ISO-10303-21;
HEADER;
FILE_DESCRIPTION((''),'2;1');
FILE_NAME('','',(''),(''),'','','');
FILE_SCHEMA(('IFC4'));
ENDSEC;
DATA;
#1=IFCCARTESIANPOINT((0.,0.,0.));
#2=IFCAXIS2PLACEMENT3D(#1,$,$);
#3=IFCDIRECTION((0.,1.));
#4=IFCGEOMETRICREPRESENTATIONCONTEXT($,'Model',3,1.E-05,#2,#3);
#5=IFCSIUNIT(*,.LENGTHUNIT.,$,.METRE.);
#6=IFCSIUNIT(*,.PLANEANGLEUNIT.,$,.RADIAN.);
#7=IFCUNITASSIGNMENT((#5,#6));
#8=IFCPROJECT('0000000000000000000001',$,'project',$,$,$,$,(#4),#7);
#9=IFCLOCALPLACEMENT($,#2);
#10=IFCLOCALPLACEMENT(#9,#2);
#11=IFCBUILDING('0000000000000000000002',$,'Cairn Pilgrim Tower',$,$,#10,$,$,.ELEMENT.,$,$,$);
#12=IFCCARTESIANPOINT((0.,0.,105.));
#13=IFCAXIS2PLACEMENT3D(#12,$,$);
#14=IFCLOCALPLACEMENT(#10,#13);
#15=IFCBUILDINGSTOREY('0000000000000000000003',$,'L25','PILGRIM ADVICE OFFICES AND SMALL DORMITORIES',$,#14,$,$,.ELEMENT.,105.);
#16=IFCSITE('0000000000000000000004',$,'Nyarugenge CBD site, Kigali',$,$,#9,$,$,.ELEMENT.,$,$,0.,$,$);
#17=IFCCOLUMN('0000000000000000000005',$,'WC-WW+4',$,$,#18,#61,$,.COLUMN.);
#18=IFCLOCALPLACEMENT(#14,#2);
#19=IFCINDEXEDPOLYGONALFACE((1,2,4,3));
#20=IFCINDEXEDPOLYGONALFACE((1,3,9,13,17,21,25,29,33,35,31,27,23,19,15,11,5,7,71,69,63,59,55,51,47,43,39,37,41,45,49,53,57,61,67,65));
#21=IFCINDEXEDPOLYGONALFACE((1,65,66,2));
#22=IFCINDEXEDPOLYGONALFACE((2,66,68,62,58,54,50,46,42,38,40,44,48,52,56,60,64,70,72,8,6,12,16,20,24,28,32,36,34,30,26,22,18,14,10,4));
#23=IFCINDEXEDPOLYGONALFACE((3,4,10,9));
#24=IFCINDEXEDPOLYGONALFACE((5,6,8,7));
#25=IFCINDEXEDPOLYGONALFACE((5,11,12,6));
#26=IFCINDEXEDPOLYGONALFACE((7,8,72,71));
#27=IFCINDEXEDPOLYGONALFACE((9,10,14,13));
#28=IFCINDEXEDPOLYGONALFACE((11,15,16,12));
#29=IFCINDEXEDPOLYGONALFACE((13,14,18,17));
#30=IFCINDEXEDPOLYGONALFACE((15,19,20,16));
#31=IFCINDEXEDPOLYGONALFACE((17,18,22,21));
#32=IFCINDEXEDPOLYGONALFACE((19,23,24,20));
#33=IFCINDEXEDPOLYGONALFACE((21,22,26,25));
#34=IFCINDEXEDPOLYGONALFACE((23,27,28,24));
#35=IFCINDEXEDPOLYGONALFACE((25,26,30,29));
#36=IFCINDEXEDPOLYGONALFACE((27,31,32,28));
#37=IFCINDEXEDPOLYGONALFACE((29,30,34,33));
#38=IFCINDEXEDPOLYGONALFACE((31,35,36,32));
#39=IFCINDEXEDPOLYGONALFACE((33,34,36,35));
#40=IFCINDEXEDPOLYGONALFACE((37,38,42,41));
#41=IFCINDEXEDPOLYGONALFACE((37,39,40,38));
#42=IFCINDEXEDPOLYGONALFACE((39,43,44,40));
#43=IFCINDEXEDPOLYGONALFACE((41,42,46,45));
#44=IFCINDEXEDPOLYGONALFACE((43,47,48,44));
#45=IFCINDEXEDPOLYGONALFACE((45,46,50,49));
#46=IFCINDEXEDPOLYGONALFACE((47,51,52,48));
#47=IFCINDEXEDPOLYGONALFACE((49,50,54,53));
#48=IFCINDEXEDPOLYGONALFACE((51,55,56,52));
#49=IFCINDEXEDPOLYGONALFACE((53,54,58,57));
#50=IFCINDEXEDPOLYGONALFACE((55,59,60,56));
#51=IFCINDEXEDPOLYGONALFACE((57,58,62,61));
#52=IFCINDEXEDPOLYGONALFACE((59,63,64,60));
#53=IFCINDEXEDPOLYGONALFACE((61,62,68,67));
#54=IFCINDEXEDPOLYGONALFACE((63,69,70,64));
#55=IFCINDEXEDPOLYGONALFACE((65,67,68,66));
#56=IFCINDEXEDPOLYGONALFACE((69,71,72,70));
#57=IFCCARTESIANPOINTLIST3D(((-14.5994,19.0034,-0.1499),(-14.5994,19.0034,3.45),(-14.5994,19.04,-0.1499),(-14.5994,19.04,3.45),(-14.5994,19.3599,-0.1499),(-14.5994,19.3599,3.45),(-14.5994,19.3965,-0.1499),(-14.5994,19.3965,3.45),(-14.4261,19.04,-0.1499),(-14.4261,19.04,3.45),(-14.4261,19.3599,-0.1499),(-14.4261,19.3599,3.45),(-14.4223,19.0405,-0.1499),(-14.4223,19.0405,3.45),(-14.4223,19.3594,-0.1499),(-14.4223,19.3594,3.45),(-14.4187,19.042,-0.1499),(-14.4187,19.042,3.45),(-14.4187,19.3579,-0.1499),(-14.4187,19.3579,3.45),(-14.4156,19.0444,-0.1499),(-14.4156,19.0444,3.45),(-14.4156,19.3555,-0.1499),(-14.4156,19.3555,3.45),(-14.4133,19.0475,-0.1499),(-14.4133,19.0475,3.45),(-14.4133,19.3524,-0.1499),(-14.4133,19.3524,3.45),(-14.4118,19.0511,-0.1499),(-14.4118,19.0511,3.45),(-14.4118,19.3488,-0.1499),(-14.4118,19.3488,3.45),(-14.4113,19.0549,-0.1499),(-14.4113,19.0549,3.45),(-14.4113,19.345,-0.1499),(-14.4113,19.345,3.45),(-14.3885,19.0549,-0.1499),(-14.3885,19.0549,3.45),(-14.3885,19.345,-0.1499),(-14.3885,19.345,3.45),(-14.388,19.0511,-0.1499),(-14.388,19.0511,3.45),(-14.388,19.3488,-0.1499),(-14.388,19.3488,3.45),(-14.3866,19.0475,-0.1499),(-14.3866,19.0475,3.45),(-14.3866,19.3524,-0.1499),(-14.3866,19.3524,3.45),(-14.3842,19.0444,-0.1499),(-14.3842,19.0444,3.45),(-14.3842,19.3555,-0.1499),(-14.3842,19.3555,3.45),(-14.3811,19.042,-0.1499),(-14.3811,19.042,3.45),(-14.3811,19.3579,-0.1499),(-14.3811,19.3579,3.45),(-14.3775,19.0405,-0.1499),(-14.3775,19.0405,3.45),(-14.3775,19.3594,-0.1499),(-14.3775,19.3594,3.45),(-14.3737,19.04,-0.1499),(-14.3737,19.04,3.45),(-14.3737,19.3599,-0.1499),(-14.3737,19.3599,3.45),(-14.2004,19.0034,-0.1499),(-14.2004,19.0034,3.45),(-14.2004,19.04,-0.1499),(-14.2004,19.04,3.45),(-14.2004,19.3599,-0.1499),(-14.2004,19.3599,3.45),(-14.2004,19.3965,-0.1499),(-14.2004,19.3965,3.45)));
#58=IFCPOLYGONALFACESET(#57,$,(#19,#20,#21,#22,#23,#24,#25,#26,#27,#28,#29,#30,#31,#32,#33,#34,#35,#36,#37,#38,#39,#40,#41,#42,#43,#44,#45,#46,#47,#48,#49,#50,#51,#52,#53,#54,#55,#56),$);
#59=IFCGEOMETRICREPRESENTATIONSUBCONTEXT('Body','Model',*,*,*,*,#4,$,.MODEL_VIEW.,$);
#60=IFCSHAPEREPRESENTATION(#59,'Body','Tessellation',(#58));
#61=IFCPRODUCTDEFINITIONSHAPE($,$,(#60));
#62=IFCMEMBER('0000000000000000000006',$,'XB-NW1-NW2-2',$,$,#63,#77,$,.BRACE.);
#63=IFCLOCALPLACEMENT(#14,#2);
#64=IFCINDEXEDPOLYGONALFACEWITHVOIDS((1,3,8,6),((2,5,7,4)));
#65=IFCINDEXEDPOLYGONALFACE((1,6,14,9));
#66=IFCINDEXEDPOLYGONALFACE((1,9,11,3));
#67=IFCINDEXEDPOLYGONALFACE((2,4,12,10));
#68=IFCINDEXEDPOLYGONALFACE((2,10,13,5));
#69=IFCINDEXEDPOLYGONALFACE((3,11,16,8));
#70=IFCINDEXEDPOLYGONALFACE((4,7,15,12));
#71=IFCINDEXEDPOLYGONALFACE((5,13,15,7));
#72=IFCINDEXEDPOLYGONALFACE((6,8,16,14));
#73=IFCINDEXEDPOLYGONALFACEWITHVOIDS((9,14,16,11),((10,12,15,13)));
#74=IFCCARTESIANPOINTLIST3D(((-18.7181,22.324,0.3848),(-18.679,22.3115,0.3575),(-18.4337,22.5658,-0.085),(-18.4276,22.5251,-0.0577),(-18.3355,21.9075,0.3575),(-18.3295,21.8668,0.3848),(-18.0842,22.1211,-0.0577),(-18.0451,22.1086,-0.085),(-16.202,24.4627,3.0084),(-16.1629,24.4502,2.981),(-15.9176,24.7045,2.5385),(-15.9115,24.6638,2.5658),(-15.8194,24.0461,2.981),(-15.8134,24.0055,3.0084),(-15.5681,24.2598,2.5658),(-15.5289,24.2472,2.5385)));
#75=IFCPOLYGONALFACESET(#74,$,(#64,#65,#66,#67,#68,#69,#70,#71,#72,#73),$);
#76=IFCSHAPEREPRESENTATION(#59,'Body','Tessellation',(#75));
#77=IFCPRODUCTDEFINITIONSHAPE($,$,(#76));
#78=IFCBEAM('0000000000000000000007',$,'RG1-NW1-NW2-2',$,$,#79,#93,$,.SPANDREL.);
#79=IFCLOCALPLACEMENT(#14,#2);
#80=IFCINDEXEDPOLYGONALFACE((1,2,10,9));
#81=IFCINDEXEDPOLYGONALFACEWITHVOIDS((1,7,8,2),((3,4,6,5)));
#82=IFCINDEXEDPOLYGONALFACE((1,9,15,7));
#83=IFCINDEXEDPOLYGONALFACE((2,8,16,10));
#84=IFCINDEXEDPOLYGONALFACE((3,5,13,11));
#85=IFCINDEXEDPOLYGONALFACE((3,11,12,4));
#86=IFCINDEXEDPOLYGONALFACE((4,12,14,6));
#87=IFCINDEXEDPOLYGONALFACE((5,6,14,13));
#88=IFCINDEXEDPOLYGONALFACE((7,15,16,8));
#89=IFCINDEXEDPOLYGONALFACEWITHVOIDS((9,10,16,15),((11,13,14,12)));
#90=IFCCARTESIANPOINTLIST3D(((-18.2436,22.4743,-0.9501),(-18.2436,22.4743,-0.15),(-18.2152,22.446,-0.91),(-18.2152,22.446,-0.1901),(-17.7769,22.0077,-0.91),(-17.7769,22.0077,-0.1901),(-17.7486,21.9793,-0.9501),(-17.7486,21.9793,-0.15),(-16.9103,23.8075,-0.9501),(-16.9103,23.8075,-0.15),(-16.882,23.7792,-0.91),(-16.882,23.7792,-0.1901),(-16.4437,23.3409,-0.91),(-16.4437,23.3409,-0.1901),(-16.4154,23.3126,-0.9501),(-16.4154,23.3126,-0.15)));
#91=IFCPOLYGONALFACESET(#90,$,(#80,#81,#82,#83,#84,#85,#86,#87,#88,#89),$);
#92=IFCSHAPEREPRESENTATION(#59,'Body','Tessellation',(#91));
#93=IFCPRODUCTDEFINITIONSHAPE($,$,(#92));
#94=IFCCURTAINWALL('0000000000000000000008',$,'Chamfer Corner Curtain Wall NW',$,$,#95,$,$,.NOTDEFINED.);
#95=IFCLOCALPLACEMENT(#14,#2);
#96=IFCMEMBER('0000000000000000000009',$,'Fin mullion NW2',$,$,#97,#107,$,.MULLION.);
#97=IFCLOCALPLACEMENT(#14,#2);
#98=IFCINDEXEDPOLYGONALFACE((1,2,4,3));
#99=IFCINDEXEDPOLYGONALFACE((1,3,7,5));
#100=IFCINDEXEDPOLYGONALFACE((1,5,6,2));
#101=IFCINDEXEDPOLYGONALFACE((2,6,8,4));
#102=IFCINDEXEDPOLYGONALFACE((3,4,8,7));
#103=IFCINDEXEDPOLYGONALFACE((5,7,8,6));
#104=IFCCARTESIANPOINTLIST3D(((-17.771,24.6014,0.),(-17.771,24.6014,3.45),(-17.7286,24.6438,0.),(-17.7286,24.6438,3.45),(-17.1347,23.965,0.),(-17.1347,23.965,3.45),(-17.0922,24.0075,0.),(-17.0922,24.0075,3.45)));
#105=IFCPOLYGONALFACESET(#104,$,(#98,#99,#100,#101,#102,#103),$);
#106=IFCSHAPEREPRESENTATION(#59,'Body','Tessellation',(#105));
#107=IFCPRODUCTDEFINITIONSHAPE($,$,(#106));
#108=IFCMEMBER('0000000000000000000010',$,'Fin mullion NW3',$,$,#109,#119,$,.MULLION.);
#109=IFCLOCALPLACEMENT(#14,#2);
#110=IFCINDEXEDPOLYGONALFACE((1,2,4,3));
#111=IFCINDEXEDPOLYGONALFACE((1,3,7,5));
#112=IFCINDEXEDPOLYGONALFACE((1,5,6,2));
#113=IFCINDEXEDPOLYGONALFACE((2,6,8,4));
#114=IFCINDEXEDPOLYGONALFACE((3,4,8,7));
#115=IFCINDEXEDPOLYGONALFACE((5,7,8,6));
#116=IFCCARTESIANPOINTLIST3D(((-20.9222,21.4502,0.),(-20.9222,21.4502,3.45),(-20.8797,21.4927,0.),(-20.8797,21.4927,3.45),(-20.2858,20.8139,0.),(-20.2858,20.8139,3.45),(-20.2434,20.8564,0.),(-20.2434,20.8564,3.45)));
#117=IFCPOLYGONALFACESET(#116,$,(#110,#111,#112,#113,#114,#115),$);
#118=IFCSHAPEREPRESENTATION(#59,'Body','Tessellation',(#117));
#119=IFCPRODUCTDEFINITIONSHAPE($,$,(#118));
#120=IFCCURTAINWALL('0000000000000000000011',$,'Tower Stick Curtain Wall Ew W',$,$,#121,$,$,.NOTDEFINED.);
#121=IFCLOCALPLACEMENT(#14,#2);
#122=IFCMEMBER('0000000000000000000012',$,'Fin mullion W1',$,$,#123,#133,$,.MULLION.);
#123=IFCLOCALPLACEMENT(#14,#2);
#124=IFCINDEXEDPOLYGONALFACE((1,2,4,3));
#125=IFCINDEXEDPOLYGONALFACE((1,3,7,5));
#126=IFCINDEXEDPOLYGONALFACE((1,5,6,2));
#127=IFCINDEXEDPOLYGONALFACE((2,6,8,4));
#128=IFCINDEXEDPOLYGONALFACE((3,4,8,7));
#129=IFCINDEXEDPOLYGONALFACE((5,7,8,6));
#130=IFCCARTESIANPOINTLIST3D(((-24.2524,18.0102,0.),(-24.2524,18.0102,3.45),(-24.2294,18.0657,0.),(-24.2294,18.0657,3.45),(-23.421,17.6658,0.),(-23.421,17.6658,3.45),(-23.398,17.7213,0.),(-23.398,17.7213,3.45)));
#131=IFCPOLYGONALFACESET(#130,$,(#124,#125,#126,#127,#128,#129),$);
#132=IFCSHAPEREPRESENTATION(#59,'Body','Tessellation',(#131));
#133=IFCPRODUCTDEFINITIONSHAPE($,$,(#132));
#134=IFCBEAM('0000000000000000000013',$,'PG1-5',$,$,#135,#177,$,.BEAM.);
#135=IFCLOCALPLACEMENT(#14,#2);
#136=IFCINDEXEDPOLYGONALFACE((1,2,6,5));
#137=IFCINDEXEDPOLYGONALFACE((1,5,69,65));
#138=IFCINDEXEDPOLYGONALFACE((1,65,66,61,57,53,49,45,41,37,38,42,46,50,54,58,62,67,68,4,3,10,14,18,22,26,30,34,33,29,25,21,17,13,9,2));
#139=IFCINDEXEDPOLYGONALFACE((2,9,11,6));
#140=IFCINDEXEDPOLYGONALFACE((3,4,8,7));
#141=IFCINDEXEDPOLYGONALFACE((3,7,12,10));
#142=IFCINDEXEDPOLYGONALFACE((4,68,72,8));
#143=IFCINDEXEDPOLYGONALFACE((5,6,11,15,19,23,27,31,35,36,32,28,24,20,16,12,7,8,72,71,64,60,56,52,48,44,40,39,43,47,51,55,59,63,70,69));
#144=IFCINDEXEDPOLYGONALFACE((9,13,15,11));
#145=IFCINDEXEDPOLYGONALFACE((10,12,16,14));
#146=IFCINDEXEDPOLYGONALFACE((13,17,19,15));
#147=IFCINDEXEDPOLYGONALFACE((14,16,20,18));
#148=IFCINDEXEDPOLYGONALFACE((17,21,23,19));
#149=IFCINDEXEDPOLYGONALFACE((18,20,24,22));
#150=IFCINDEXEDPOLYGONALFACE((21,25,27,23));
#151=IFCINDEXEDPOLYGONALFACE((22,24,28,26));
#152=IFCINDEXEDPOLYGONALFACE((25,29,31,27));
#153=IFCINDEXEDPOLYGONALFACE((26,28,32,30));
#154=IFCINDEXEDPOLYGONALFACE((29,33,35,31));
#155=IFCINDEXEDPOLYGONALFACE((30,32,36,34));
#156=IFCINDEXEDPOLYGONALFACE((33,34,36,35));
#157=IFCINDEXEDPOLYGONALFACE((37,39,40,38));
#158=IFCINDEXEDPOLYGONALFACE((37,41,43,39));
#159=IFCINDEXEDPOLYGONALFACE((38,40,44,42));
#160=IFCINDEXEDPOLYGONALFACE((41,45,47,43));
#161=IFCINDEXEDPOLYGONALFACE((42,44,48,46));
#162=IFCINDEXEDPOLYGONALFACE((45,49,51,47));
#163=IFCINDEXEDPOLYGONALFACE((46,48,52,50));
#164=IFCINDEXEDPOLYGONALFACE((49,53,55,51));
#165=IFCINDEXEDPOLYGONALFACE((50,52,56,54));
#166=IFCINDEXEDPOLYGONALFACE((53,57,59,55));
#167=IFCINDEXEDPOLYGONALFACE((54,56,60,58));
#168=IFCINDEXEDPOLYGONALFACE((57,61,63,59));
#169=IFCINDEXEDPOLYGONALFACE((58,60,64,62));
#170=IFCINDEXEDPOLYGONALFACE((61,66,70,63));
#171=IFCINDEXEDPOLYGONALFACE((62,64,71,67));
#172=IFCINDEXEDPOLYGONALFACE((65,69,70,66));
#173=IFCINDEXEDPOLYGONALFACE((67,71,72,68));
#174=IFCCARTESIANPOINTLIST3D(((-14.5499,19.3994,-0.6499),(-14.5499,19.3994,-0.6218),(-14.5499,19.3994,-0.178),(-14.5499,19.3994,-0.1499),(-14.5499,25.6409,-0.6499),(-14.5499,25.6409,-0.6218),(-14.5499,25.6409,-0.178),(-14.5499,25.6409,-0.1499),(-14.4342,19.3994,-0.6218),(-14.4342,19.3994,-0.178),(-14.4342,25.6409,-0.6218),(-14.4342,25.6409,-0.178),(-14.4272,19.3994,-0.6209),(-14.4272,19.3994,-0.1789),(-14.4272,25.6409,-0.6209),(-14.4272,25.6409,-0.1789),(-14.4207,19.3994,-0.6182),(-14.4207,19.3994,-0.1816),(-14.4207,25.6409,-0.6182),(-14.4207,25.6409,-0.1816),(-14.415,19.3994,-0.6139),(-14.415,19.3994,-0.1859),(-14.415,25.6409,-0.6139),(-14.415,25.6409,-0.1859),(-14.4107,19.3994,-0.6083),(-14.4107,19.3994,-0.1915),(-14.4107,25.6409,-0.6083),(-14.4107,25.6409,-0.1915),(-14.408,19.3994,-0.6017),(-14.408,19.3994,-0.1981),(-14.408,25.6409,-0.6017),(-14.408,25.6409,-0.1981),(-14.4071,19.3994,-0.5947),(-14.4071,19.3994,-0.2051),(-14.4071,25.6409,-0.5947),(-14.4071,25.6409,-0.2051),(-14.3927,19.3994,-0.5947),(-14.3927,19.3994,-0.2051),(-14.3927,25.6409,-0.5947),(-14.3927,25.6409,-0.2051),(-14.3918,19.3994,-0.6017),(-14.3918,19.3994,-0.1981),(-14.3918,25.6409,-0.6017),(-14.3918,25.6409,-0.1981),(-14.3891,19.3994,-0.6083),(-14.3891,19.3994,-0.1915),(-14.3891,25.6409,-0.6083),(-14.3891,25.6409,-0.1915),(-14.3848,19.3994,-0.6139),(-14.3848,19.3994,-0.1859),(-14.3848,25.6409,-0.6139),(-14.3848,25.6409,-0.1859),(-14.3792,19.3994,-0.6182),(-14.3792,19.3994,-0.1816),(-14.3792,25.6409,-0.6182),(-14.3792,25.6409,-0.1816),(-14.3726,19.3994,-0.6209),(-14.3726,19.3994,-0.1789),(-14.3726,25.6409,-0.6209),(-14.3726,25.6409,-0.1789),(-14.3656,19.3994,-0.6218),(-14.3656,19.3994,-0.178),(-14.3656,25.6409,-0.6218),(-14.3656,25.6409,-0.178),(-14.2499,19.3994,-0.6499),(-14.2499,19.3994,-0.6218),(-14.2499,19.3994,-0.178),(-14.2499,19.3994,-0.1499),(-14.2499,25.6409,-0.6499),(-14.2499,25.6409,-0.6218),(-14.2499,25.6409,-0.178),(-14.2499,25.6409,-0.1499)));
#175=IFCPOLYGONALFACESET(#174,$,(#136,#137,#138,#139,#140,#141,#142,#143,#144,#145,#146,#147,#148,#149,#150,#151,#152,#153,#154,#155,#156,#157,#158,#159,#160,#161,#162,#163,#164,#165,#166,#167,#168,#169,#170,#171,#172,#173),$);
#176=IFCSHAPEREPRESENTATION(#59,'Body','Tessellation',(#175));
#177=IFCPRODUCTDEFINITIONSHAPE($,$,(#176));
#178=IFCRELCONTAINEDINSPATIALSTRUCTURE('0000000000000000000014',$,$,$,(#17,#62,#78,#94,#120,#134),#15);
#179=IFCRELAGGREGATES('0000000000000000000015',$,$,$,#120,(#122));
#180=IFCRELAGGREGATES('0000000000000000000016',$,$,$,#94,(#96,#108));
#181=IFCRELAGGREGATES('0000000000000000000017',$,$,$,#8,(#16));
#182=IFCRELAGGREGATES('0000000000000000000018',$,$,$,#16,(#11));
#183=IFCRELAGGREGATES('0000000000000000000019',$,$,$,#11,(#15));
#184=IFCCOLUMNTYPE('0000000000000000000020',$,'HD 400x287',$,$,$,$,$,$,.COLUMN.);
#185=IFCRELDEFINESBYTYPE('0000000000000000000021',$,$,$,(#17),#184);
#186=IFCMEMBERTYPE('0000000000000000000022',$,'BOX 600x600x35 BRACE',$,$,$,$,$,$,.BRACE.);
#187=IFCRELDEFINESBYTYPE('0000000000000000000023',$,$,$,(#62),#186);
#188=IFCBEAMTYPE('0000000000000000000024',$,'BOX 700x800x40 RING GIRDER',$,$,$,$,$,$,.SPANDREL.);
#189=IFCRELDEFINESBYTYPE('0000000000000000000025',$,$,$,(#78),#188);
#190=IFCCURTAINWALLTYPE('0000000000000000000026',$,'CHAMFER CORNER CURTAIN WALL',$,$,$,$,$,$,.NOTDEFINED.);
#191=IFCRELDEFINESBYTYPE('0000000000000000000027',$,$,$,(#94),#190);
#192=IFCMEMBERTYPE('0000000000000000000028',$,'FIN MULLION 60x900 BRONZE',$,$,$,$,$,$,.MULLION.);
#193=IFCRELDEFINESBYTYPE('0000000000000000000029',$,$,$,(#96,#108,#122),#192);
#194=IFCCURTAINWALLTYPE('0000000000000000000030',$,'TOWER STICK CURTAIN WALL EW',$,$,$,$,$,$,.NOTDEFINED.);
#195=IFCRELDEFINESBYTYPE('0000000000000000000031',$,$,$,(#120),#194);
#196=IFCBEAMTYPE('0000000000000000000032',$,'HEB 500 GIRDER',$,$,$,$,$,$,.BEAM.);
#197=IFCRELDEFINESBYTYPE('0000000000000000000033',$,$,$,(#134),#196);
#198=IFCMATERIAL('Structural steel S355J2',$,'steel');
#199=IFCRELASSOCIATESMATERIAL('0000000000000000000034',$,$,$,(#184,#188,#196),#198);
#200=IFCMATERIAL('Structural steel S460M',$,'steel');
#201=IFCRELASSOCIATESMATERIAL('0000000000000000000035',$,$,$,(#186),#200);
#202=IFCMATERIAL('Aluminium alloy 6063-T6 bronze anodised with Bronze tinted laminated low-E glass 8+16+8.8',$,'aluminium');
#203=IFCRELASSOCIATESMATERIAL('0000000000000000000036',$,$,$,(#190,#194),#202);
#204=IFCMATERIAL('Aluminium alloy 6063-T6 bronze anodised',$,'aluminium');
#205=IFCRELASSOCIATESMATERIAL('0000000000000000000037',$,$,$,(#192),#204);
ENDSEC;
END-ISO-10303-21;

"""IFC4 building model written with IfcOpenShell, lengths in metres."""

from ifc_helpers import new_model, si_unit, direction, frame, origin, origin_2d, place, context, subcontext, project, spatial, rectangle, hollow_rectangle, i_section, extrude, material, material_profile, profile_set, type_object, element, aggregate, save


model = new_model("IFC4")

# Units and contexts
model_context = context("Model", 3, precision=1e-05, world=origin(), true_north=direction((0.0, 1.0)))
body_context = subcontext(model_context, "Body", "Model", "MODEL_VIEW")
ifc_project = project(units=[si_unit("LENGTHUNIT", "METRE"), si_unit("PLANEANGLEUNIT", "RADIAN")], contexts=[model_context])

# Site, building, storey
site_placement = place(None, origin())
site = spatial("IfcSite", under=ifc_project, at=site_placement, Name="Nyarugenge CBD site, Kigali", CompositionType="ELEMENT", RefElevation=0.0)
building_placement = place(site_placement, origin())
building = spatial("IfcBuilding", under=site, at=building_placement, Name="Cairn Pilgrim Tower", CompositionType="ELEMENT")
storey_placement = place(building_placement, frame((0.0, 0.0, 105.0)))
storey = spatial("IfcBuildingStorey", under=building, at=storey_placement, Name="L25", Description="PILGRIM ADVICE OFFICES AND SMALL DORMITORIES", CompositionType="ELEMENT", Elevation=105.0)

# Column
ifc_material_1 = material(Name="Structural steel S460M", Category="steel")
ifc_material_2 = material(Name="Structural steel S355J2", Category="steel")
ifc_material_profile_1 = material_profile(ifc_material_2, i_section(OverallWidth=0.3989, OverallDepth=0.3931, WebThickness=0.0227, FlangeThickness=0.0366, FilletRadius=0.0149, at=origin_2d()), Name="HD 400x287")
ifc_profile_set_1 = profile_set([ifc_material_profile_1], Name="Structural steel S355J2")
column_type_1 = type_object("IfcColumnType", Name="HD 400x287", PredefinedType="COLUMN", material=ifc_profile_set_1)
column_placement = place(storey_placement, frame((-14.3999, 19.2, -0.1499), z_axis=(0.0, 0.0, 1.0), x_axis=(1.0, 0.0, 0.0)))
element("IfcColumn", 1, at=column_placement, inside=storey, type_object=column_type_1, Name="WC-WW+4", PredefinedType="COLUMN", context=body_context, shape_type="SweptSolid", body=[
    extrude(i_section(OverallWidth=0.3989, OverallDepth=0.3931, WebThickness=0.0227, FlangeThickness=0.0366, FilletRadius=0.0149, at=origin_2d()), origin(), (0.0, 0.0, 1.0), 3.5999),
])

# Member
ifc_material_profile_2 = material_profile(ifc_material_1, hollow_rectangle(XDim=0.6001, YDim=0.6001, WallThickness=0.0349, at=origin_2d()), Name="BOX 600x600x35")
ifc_profile_set_2 = profile_set([ifc_material_profile_2], Name="Structural steel S460M")
member_type_1 = type_object("IfcMemberType", Name="BOX 600x600x35 BRACE", PredefinedType="BRACE", material=ifc_profile_set_2)
member_1_placement = place(storey_placement, frame((-18.3816, 22.2163, 0.1499), z_axis=(0.596583, 0.507089, 0.622053), x_axis=(-0.647644, 0.761943, 0.0)))
element("IfcMember", 2, at=member_1_placement, inside=storey, type_object=member_type_1, Name="XB-NW1-NW2-2", PredefinedType="BRACE", context=body_context, shape_type="SweptSolid", body=[
    extrude(hollow_rectangle(XDim=0.6001, YDim=0.6001, WallThickness=0.0349, at=origin_2d()), origin(), (0.0, 0.0, 1.0), 4.2175),
])

# Beam
ifc_material_profile_3 = material_profile(ifc_material_2, hollow_rectangle(XDim=0.7, YDim=0.8, WallThickness=0.04, at=origin_2d()), Name="BOX 700x800x40")
ifc_profile_set_3 = profile_set([ifc_material_profile_3], Name="Structural steel S355J2")
beam_type_1 = type_object("IfcBeamType", Name="BOX 700x800x40 RING GIRDER", PredefinedType="SPANDREL", material=ifc_profile_set_3)
beam_1_placement = place(storey_placement, frame((-16.6628, 23.5601, -0.55), z_axis=(-0.707107, -0.707107, 0.0), x_axis=(0.707107, -0.707107, 0.0)))
element("IfcBeam", 3, at=beam_1_placement, inside=storey, type_object=beam_type_1, Name="RG1-NW1-NW2-2", PredefinedType="SPANDREL", context=body_context, shape_type="SweptSolid", body=[
    extrude(hollow_rectangle(XDim=0.7, YDim=0.8, WallThickness=0.04, at=origin_2d()), origin(), (0.0, 0.0, 1.0), 1.8855),
])

# Curtain wall, members
ifc_material_3 = material(Name="Aluminium alloy 6063-T6 bronze anodised with Bronze tinted laminated low-E glass 8+16+8.8", Category="aluminium")
curtain_wall_type_1 = type_object("IfcCurtainWallType", Name="CHAMFER CORNER CURTAIN WALL", PredefinedType="NOTDEFINED", material=ifc_material_3)
curtain_wall_1_placement = place(storey_placement, origin())
curtain_wall_1 = element("IfcCurtainWall", 4, at=curtain_wall_1_placement, inside=storey, type_object=curtain_wall_type_1, Name="Chamfer Corner Curtain Wall NW", PredefinedType="NOTDEFINED")
ifc_material_4 = material(Name="Aluminium alloy 6063-T6 bronze anodised", Category="aluminium")
ifc_material_profile_4 = material_profile(ifc_material_4, rectangle(XDim=0.8999, YDim=0.0601, at=origin_2d()), Name="FIN MULLION 60x900 BRONZE")
ifc_profile_set_4 = profile_set([ifc_material_profile_4], Name="Aluminium alloy 6063-T6 bronze anodised")
member_type_2 = type_object("IfcMemberType", Name="FIN MULLION 60x900 BRONZE", PredefinedType="MULLION", material=ifc_profile_set_4)
member_2_placement = place(storey_placement, frame((-17.4316, 24.3044, 0.0), z_axis=(0.0, 0.0, 1.0), x_axis=(-0.707107, 0.707107, 0.0)))
member_2 = element("IfcMember", 5, at=member_2_placement, type_object=member_type_2, Name="Fin mullion NW2", PredefinedType="MULLION", context=body_context, shape_type="SweptSolid", body=[
    extrude(rectangle(XDim=0.8999, YDim=0.0601, at=origin_2d()), origin(), (0.0, 0.0, 1.0), 3.45),
])
member_3_placement = place(storey_placement, frame((-20.5828, 21.1533, 0.0), z_axis=(0.0, 0.0, 1.0), x_axis=(-0.707107, 0.707107, 0.0)))
member_3 = element("IfcMember", 6, at=member_3_placement, type_object=member_type_2, Name="Fin mullion NW3", PredefinedType="MULLION", context=body_context, shape_type="SweptSolid", body=[
    extrude(rectangle(XDim=0.8999, YDim=0.0601, at=origin_2d()), origin(), (0.0, 0.0, 1.0), 3.45),
])

# Curtain wall, member
curtain_wall_type_2 = type_object("IfcCurtainWallType", Name="TOWER STICK CURTAIN WALL EW", PredefinedType="NOTDEFINED", material=ifc_material_3)
curtain_wall_2_placement = place(storey_placement, origin())
curtain_wall_2 = element("IfcCurtainWall", 7, at=curtain_wall_2_placement, inside=storey, type_object=curtain_wall_type_2, Name="Tower Stick Curtain Wall Ew W", PredefinedType="NOTDEFINED")
member_4_placement = place(storey_placement, frame((-23.8252, 17.8657, 0.0), z_axis=(0.0, 0.0, 1.0), x_axis=(-0.92388, 0.382683, 0.0)))
member_4 = element("IfcMember", 8, at=member_4_placement, type_object=member_type_2, Name="Fin mullion W1", PredefinedType="MULLION", context=body_context, shape_type="SweptSolid", body=[
    extrude(rectangle(XDim=0.8999, YDim=0.0601, at=origin_2d()), origin(), (0.0, 0.0, 1.0), 3.45),
])
aggregate(curtain_wall_2, [member_4])

# Beam
ifc_material_profile_5 = material_profile(ifc_material_2, i_section(OverallWidth=0.3, OverallDepth=0.5, WebThickness=0.0144, FlangeThickness=0.0281, FilletRadius=0.0271, at=origin_2d()), Name="HEB 500")
ifc_profile_set_5 = profile_set([ifc_material_profile_5], Name="Structural steel S355J2")
beam_type_2 = type_object("IfcBeamType", Name="HEB 500 GIRDER", PredefinedType="BEAM", material=ifc_profile_set_5)
beam_2_placement = place(storey_placement, frame((-14.3999, 19.3994, -0.3999), z_axis=(0.0, 1.0, 0.0), x_axis=(-1.0, 0.0, 0.0)))
element("IfcBeam", 9, at=beam_2_placement, inside=storey, type_object=beam_type_2, Name="PG1-5", PredefinedType="BEAM", context=body_context, shape_type="SweptSolid", body=[
    extrude(i_section(OverallWidth=0.3, OverallDepth=0.5, WebThickness=0.0144, FlangeThickness=0.0281, FilletRadius=0.0271, at=origin_2d()), origin(), (0.0, 0.0, 1.0), 6.2415),
])

aggregate(curtain_wall_1, [member_2, member_3])

save(model, "model.ifc")
